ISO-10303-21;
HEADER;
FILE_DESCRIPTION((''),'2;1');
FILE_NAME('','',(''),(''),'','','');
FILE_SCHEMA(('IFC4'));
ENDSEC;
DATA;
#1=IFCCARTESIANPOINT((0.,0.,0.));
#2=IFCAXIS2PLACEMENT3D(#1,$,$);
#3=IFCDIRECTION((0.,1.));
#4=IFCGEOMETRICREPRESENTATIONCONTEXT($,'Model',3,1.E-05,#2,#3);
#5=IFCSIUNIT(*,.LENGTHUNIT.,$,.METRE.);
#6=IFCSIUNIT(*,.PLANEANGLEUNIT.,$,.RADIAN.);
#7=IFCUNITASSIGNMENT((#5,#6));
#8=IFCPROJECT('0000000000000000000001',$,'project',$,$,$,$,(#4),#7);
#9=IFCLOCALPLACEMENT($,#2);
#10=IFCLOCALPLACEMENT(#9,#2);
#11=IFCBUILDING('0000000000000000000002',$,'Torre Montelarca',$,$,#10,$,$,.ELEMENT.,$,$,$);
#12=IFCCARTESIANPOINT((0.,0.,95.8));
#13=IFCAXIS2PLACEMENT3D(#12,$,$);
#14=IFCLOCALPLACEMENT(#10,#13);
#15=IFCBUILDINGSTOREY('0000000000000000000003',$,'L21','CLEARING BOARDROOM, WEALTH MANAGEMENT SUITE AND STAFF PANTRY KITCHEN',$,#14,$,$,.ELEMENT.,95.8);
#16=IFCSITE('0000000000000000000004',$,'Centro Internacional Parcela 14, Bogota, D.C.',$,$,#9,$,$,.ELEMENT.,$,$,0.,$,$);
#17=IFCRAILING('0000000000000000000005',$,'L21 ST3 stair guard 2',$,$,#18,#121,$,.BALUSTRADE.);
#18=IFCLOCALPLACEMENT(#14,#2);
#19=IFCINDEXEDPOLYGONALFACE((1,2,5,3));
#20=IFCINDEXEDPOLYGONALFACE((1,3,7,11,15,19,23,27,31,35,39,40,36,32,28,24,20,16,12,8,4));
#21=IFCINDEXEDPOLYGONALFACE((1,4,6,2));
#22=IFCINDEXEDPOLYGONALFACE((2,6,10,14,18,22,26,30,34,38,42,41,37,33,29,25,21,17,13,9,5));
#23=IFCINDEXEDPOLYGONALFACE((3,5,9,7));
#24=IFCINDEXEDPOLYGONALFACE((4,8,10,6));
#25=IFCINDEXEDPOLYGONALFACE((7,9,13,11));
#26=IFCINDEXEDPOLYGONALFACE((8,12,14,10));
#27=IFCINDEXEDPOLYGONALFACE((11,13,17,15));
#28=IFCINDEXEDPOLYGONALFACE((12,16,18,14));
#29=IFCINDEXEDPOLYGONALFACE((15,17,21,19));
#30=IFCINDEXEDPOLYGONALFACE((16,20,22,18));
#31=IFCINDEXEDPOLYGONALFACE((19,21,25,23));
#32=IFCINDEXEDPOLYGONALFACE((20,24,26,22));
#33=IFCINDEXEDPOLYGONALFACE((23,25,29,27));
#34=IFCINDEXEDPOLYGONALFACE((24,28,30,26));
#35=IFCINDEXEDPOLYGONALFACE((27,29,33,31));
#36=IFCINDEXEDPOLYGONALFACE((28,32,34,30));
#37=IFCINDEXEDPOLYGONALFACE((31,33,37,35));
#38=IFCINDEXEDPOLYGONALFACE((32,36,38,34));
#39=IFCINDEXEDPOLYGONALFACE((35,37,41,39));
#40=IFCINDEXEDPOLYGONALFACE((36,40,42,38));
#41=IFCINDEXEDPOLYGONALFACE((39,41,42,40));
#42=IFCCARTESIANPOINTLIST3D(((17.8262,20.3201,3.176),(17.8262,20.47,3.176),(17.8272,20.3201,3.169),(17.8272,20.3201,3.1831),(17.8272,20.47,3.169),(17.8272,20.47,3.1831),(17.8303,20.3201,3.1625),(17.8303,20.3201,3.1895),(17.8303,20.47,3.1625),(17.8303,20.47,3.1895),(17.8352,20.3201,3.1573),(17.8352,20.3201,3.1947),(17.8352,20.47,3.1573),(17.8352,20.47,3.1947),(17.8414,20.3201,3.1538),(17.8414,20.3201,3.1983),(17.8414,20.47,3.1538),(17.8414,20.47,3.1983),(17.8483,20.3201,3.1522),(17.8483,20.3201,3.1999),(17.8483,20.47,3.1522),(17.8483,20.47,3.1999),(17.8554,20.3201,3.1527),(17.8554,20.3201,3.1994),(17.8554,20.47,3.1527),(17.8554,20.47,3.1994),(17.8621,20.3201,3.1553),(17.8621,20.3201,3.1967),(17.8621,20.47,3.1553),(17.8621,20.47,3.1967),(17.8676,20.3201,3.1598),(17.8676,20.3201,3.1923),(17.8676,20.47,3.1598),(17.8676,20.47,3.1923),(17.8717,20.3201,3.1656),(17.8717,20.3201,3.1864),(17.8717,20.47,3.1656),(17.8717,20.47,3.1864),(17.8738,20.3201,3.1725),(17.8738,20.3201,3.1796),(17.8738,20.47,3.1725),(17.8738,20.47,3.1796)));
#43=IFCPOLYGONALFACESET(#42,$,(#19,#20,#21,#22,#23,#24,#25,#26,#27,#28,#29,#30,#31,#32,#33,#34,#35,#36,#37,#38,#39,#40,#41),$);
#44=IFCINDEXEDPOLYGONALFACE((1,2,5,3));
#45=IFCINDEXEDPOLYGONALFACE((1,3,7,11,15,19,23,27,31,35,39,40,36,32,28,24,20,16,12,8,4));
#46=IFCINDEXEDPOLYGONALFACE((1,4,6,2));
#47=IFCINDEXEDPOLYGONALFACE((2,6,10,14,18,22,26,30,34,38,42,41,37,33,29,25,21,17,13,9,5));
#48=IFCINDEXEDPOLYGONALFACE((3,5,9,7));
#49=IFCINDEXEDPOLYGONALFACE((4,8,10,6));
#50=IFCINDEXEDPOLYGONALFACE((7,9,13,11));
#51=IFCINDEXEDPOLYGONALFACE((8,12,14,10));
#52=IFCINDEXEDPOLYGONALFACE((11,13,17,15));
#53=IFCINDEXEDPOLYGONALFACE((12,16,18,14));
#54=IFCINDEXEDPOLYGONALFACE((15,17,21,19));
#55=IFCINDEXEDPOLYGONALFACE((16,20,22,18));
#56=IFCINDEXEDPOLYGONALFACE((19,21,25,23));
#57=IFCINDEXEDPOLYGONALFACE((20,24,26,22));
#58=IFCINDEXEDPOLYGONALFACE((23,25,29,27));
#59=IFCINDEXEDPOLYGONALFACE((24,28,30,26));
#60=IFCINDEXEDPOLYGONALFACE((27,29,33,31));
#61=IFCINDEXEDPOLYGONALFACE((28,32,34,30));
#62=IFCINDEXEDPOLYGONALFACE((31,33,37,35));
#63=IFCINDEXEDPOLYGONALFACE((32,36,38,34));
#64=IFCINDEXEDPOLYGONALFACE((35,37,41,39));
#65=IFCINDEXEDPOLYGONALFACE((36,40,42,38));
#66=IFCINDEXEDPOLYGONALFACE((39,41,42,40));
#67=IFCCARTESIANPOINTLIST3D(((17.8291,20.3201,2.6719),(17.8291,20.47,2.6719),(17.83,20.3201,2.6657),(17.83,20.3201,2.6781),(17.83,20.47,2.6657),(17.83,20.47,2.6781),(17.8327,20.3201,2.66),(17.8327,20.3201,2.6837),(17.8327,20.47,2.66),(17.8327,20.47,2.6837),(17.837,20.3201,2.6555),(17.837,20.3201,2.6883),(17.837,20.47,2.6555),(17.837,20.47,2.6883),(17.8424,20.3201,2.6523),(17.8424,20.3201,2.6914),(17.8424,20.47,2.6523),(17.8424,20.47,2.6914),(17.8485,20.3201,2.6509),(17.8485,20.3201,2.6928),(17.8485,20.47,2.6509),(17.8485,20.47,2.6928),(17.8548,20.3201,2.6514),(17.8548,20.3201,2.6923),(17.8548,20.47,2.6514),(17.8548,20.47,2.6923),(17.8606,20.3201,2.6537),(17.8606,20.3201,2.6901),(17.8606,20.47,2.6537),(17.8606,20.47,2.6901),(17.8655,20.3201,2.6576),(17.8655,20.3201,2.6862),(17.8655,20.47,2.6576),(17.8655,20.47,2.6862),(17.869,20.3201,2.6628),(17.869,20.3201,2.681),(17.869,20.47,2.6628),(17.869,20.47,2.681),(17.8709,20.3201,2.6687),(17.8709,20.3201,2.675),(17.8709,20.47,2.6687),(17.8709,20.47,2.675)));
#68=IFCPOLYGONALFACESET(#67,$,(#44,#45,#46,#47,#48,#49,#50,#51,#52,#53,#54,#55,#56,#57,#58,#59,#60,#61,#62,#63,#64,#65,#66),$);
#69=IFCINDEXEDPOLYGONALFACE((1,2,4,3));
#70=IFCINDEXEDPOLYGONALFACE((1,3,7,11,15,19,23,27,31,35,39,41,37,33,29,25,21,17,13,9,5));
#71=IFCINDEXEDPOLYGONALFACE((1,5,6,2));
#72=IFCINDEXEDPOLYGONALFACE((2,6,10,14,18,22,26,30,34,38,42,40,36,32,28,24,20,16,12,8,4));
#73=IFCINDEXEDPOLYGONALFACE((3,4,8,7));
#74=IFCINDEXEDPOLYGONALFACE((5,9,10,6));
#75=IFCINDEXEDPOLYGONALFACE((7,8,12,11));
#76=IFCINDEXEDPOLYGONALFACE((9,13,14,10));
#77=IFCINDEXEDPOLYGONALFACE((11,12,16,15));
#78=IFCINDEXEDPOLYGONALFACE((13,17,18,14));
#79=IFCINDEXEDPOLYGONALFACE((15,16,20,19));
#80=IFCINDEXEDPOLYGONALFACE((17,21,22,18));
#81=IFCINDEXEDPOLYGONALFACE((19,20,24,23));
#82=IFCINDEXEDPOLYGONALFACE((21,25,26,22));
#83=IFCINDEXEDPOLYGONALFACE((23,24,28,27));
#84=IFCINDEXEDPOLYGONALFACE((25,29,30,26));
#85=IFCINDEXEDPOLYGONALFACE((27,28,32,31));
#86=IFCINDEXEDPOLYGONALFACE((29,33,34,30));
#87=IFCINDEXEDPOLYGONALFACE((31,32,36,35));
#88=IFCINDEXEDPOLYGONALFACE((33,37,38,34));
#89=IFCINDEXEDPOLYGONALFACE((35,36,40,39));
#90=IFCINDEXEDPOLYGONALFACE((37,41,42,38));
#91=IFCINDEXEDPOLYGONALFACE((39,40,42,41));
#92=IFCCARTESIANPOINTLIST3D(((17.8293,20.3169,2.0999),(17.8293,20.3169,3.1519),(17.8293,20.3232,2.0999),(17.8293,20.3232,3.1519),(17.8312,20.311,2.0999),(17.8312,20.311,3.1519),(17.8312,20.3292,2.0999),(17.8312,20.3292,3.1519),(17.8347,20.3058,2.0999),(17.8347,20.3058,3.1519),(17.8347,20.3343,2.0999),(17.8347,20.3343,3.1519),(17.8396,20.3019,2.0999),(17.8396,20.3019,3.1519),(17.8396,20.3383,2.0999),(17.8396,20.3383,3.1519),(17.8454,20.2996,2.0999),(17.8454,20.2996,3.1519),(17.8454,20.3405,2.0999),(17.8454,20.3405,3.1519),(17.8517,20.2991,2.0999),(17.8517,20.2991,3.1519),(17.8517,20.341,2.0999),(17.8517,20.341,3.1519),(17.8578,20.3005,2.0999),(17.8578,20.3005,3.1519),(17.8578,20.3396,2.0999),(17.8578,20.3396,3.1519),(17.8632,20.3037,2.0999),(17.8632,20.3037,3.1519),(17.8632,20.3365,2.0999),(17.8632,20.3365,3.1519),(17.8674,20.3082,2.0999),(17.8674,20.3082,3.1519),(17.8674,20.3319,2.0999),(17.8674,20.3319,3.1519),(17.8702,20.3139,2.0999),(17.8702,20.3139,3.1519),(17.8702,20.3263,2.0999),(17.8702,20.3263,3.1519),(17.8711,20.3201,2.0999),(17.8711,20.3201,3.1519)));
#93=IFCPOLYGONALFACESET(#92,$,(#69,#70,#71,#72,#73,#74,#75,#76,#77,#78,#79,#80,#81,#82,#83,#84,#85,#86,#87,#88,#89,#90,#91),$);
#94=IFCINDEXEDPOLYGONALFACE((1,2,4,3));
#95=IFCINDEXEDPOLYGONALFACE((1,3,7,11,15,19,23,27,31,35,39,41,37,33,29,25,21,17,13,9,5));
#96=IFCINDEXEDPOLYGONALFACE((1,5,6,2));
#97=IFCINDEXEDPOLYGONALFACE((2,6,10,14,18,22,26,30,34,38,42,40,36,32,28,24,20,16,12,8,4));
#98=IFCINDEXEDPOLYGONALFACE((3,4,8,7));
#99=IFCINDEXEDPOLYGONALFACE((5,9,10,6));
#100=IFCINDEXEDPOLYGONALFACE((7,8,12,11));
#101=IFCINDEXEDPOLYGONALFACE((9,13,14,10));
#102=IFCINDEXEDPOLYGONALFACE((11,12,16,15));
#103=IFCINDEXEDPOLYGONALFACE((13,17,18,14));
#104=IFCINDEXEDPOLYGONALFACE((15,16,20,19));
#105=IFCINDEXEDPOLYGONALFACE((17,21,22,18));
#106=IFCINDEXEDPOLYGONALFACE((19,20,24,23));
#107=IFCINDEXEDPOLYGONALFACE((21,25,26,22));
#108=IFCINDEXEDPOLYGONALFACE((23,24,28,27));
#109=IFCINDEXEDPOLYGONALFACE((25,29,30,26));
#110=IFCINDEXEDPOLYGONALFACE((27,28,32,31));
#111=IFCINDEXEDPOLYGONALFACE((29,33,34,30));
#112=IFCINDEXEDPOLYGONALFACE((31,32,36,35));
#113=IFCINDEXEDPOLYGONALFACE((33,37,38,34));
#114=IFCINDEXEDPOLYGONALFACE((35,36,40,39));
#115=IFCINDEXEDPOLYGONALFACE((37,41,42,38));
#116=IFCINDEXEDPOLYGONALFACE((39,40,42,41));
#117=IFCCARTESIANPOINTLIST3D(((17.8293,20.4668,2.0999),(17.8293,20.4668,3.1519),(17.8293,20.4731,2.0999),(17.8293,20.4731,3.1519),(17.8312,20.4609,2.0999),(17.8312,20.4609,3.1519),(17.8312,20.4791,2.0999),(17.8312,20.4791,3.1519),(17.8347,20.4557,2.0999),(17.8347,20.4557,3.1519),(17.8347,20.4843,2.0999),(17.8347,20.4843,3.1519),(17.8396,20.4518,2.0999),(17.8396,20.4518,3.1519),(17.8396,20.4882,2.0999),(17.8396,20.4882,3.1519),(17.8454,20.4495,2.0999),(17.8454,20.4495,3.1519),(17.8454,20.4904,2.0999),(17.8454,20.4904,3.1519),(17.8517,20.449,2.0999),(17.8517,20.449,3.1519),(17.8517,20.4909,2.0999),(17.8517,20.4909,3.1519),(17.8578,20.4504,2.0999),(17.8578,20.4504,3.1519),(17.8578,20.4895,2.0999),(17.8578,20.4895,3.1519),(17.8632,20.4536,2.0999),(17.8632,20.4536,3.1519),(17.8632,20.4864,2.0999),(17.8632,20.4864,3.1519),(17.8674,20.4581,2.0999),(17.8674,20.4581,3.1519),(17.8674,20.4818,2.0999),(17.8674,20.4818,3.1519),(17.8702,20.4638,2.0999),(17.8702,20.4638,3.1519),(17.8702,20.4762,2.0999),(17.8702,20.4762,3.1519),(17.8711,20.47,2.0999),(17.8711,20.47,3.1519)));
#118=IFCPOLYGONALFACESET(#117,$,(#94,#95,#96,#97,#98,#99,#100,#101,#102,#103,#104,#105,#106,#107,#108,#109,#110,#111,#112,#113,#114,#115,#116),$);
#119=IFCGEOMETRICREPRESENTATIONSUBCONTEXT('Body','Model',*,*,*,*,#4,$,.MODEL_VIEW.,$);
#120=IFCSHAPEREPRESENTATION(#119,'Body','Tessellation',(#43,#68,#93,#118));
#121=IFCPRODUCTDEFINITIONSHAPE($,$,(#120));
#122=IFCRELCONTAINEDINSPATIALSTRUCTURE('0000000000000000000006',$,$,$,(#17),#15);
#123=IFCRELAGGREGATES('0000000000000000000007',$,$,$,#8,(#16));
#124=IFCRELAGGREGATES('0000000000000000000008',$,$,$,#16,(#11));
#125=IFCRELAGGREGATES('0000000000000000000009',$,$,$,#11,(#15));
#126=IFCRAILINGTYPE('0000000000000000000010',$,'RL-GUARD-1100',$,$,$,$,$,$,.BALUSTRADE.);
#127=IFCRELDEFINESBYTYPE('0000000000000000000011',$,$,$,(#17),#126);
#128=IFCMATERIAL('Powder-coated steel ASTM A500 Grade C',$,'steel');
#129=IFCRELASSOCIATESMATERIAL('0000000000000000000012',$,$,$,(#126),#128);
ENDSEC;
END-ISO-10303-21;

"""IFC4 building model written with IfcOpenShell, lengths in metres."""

from ifc_helpers import new_model, si_unit, direction, frame, origin, origin_2d, place, context, subcontext, project, spatial, circle, extrude, material, type_object, element, save


model = new_model("IFC4")

# Units and contexts
model_context = context("Model", 3, precision=1e-05, world=origin(), true_north=direction((0.0, 1.0)))
body_context = subcontext(model_context, "Body", "Model", "MODEL_VIEW")
ifc_project = project(units=[si_unit("LENGTHUNIT", "METRE"), si_unit("PLANEANGLEUNIT", "RADIAN")], contexts=[model_context])

# Site, building, storey
site_placement = place(None, origin())
site = spatial("IfcSite", under=ifc_project, at=site_placement, Name="Centro Internacional Parcela 14, Bogota, D.C.", CompositionType="ELEMENT", RefElevation=0.0)
building_placement = place(site_placement, origin())
building = spatial("IfcBuilding", under=site, at=building_placement, Name="Torre Montelarca", CompositionType="ELEMENT")
storey_placement = place(building_placement, frame((0.0, 0.0, 95.8)))
storey = spatial("IfcBuildingStorey", under=building, at=storey_placement, Name="L21", Description="CLEARING BOARDROOM, WEALTH MANAGEMENT SUITE AND STAFF PANTRY KITCHEN", CompositionType="ELEMENT", Elevation=95.8)

# Railing
ifc_material_1 = material(Name="Powder-coated steel ASTM A500 Grade C", Category="steel")
railing_type_1 = type_object("IfcRailingType", Name="RL-GUARD-1100", PredefinedType="BALUSTRADE", material=ifc_material_1)
railing_1_placement = place(storey_placement, frame((17.8501, 20.3201, 2.0999)))
element("IfcRailing", 1, at=railing_1_placement, inside=storey, type_object=railing_type_1, Name="L21 ST3 stair guard 2", PredefinedType="BALUSTRADE", context=body_context, shape_type="SweptSolid", body=[
    extrude(circle(Radius=0.0239, at=origin_2d()), frame((0.0, 0.0, 1.0762), z_axis=(0.0, 1.0, 0.0), x_axis=(-1.0, 0.0, 0.0)), (0.0, 0.0, 1.0), 0.1499),
    extrude(circle(Radius=0.021, at=origin_2d()), frame((0.0, 0.0, 0.572), z_axis=(0.0, 1.0, 0.0), x_axis=(-1.0, 0.0, 0.0)), (0.0, 0.0, 1.0), 0.1499),
    extrude(circle(Radius=0.021, at=origin_2d()), origin(), (0.0, 0.0, 1.0), 1.052),
    extrude(circle(Radius=0.021, at=origin_2d()), frame((0.0, 0.1499, 0.0)), (0.0, 0.0, 1.0), 1.052),
])

save(model, "model.ifc")
